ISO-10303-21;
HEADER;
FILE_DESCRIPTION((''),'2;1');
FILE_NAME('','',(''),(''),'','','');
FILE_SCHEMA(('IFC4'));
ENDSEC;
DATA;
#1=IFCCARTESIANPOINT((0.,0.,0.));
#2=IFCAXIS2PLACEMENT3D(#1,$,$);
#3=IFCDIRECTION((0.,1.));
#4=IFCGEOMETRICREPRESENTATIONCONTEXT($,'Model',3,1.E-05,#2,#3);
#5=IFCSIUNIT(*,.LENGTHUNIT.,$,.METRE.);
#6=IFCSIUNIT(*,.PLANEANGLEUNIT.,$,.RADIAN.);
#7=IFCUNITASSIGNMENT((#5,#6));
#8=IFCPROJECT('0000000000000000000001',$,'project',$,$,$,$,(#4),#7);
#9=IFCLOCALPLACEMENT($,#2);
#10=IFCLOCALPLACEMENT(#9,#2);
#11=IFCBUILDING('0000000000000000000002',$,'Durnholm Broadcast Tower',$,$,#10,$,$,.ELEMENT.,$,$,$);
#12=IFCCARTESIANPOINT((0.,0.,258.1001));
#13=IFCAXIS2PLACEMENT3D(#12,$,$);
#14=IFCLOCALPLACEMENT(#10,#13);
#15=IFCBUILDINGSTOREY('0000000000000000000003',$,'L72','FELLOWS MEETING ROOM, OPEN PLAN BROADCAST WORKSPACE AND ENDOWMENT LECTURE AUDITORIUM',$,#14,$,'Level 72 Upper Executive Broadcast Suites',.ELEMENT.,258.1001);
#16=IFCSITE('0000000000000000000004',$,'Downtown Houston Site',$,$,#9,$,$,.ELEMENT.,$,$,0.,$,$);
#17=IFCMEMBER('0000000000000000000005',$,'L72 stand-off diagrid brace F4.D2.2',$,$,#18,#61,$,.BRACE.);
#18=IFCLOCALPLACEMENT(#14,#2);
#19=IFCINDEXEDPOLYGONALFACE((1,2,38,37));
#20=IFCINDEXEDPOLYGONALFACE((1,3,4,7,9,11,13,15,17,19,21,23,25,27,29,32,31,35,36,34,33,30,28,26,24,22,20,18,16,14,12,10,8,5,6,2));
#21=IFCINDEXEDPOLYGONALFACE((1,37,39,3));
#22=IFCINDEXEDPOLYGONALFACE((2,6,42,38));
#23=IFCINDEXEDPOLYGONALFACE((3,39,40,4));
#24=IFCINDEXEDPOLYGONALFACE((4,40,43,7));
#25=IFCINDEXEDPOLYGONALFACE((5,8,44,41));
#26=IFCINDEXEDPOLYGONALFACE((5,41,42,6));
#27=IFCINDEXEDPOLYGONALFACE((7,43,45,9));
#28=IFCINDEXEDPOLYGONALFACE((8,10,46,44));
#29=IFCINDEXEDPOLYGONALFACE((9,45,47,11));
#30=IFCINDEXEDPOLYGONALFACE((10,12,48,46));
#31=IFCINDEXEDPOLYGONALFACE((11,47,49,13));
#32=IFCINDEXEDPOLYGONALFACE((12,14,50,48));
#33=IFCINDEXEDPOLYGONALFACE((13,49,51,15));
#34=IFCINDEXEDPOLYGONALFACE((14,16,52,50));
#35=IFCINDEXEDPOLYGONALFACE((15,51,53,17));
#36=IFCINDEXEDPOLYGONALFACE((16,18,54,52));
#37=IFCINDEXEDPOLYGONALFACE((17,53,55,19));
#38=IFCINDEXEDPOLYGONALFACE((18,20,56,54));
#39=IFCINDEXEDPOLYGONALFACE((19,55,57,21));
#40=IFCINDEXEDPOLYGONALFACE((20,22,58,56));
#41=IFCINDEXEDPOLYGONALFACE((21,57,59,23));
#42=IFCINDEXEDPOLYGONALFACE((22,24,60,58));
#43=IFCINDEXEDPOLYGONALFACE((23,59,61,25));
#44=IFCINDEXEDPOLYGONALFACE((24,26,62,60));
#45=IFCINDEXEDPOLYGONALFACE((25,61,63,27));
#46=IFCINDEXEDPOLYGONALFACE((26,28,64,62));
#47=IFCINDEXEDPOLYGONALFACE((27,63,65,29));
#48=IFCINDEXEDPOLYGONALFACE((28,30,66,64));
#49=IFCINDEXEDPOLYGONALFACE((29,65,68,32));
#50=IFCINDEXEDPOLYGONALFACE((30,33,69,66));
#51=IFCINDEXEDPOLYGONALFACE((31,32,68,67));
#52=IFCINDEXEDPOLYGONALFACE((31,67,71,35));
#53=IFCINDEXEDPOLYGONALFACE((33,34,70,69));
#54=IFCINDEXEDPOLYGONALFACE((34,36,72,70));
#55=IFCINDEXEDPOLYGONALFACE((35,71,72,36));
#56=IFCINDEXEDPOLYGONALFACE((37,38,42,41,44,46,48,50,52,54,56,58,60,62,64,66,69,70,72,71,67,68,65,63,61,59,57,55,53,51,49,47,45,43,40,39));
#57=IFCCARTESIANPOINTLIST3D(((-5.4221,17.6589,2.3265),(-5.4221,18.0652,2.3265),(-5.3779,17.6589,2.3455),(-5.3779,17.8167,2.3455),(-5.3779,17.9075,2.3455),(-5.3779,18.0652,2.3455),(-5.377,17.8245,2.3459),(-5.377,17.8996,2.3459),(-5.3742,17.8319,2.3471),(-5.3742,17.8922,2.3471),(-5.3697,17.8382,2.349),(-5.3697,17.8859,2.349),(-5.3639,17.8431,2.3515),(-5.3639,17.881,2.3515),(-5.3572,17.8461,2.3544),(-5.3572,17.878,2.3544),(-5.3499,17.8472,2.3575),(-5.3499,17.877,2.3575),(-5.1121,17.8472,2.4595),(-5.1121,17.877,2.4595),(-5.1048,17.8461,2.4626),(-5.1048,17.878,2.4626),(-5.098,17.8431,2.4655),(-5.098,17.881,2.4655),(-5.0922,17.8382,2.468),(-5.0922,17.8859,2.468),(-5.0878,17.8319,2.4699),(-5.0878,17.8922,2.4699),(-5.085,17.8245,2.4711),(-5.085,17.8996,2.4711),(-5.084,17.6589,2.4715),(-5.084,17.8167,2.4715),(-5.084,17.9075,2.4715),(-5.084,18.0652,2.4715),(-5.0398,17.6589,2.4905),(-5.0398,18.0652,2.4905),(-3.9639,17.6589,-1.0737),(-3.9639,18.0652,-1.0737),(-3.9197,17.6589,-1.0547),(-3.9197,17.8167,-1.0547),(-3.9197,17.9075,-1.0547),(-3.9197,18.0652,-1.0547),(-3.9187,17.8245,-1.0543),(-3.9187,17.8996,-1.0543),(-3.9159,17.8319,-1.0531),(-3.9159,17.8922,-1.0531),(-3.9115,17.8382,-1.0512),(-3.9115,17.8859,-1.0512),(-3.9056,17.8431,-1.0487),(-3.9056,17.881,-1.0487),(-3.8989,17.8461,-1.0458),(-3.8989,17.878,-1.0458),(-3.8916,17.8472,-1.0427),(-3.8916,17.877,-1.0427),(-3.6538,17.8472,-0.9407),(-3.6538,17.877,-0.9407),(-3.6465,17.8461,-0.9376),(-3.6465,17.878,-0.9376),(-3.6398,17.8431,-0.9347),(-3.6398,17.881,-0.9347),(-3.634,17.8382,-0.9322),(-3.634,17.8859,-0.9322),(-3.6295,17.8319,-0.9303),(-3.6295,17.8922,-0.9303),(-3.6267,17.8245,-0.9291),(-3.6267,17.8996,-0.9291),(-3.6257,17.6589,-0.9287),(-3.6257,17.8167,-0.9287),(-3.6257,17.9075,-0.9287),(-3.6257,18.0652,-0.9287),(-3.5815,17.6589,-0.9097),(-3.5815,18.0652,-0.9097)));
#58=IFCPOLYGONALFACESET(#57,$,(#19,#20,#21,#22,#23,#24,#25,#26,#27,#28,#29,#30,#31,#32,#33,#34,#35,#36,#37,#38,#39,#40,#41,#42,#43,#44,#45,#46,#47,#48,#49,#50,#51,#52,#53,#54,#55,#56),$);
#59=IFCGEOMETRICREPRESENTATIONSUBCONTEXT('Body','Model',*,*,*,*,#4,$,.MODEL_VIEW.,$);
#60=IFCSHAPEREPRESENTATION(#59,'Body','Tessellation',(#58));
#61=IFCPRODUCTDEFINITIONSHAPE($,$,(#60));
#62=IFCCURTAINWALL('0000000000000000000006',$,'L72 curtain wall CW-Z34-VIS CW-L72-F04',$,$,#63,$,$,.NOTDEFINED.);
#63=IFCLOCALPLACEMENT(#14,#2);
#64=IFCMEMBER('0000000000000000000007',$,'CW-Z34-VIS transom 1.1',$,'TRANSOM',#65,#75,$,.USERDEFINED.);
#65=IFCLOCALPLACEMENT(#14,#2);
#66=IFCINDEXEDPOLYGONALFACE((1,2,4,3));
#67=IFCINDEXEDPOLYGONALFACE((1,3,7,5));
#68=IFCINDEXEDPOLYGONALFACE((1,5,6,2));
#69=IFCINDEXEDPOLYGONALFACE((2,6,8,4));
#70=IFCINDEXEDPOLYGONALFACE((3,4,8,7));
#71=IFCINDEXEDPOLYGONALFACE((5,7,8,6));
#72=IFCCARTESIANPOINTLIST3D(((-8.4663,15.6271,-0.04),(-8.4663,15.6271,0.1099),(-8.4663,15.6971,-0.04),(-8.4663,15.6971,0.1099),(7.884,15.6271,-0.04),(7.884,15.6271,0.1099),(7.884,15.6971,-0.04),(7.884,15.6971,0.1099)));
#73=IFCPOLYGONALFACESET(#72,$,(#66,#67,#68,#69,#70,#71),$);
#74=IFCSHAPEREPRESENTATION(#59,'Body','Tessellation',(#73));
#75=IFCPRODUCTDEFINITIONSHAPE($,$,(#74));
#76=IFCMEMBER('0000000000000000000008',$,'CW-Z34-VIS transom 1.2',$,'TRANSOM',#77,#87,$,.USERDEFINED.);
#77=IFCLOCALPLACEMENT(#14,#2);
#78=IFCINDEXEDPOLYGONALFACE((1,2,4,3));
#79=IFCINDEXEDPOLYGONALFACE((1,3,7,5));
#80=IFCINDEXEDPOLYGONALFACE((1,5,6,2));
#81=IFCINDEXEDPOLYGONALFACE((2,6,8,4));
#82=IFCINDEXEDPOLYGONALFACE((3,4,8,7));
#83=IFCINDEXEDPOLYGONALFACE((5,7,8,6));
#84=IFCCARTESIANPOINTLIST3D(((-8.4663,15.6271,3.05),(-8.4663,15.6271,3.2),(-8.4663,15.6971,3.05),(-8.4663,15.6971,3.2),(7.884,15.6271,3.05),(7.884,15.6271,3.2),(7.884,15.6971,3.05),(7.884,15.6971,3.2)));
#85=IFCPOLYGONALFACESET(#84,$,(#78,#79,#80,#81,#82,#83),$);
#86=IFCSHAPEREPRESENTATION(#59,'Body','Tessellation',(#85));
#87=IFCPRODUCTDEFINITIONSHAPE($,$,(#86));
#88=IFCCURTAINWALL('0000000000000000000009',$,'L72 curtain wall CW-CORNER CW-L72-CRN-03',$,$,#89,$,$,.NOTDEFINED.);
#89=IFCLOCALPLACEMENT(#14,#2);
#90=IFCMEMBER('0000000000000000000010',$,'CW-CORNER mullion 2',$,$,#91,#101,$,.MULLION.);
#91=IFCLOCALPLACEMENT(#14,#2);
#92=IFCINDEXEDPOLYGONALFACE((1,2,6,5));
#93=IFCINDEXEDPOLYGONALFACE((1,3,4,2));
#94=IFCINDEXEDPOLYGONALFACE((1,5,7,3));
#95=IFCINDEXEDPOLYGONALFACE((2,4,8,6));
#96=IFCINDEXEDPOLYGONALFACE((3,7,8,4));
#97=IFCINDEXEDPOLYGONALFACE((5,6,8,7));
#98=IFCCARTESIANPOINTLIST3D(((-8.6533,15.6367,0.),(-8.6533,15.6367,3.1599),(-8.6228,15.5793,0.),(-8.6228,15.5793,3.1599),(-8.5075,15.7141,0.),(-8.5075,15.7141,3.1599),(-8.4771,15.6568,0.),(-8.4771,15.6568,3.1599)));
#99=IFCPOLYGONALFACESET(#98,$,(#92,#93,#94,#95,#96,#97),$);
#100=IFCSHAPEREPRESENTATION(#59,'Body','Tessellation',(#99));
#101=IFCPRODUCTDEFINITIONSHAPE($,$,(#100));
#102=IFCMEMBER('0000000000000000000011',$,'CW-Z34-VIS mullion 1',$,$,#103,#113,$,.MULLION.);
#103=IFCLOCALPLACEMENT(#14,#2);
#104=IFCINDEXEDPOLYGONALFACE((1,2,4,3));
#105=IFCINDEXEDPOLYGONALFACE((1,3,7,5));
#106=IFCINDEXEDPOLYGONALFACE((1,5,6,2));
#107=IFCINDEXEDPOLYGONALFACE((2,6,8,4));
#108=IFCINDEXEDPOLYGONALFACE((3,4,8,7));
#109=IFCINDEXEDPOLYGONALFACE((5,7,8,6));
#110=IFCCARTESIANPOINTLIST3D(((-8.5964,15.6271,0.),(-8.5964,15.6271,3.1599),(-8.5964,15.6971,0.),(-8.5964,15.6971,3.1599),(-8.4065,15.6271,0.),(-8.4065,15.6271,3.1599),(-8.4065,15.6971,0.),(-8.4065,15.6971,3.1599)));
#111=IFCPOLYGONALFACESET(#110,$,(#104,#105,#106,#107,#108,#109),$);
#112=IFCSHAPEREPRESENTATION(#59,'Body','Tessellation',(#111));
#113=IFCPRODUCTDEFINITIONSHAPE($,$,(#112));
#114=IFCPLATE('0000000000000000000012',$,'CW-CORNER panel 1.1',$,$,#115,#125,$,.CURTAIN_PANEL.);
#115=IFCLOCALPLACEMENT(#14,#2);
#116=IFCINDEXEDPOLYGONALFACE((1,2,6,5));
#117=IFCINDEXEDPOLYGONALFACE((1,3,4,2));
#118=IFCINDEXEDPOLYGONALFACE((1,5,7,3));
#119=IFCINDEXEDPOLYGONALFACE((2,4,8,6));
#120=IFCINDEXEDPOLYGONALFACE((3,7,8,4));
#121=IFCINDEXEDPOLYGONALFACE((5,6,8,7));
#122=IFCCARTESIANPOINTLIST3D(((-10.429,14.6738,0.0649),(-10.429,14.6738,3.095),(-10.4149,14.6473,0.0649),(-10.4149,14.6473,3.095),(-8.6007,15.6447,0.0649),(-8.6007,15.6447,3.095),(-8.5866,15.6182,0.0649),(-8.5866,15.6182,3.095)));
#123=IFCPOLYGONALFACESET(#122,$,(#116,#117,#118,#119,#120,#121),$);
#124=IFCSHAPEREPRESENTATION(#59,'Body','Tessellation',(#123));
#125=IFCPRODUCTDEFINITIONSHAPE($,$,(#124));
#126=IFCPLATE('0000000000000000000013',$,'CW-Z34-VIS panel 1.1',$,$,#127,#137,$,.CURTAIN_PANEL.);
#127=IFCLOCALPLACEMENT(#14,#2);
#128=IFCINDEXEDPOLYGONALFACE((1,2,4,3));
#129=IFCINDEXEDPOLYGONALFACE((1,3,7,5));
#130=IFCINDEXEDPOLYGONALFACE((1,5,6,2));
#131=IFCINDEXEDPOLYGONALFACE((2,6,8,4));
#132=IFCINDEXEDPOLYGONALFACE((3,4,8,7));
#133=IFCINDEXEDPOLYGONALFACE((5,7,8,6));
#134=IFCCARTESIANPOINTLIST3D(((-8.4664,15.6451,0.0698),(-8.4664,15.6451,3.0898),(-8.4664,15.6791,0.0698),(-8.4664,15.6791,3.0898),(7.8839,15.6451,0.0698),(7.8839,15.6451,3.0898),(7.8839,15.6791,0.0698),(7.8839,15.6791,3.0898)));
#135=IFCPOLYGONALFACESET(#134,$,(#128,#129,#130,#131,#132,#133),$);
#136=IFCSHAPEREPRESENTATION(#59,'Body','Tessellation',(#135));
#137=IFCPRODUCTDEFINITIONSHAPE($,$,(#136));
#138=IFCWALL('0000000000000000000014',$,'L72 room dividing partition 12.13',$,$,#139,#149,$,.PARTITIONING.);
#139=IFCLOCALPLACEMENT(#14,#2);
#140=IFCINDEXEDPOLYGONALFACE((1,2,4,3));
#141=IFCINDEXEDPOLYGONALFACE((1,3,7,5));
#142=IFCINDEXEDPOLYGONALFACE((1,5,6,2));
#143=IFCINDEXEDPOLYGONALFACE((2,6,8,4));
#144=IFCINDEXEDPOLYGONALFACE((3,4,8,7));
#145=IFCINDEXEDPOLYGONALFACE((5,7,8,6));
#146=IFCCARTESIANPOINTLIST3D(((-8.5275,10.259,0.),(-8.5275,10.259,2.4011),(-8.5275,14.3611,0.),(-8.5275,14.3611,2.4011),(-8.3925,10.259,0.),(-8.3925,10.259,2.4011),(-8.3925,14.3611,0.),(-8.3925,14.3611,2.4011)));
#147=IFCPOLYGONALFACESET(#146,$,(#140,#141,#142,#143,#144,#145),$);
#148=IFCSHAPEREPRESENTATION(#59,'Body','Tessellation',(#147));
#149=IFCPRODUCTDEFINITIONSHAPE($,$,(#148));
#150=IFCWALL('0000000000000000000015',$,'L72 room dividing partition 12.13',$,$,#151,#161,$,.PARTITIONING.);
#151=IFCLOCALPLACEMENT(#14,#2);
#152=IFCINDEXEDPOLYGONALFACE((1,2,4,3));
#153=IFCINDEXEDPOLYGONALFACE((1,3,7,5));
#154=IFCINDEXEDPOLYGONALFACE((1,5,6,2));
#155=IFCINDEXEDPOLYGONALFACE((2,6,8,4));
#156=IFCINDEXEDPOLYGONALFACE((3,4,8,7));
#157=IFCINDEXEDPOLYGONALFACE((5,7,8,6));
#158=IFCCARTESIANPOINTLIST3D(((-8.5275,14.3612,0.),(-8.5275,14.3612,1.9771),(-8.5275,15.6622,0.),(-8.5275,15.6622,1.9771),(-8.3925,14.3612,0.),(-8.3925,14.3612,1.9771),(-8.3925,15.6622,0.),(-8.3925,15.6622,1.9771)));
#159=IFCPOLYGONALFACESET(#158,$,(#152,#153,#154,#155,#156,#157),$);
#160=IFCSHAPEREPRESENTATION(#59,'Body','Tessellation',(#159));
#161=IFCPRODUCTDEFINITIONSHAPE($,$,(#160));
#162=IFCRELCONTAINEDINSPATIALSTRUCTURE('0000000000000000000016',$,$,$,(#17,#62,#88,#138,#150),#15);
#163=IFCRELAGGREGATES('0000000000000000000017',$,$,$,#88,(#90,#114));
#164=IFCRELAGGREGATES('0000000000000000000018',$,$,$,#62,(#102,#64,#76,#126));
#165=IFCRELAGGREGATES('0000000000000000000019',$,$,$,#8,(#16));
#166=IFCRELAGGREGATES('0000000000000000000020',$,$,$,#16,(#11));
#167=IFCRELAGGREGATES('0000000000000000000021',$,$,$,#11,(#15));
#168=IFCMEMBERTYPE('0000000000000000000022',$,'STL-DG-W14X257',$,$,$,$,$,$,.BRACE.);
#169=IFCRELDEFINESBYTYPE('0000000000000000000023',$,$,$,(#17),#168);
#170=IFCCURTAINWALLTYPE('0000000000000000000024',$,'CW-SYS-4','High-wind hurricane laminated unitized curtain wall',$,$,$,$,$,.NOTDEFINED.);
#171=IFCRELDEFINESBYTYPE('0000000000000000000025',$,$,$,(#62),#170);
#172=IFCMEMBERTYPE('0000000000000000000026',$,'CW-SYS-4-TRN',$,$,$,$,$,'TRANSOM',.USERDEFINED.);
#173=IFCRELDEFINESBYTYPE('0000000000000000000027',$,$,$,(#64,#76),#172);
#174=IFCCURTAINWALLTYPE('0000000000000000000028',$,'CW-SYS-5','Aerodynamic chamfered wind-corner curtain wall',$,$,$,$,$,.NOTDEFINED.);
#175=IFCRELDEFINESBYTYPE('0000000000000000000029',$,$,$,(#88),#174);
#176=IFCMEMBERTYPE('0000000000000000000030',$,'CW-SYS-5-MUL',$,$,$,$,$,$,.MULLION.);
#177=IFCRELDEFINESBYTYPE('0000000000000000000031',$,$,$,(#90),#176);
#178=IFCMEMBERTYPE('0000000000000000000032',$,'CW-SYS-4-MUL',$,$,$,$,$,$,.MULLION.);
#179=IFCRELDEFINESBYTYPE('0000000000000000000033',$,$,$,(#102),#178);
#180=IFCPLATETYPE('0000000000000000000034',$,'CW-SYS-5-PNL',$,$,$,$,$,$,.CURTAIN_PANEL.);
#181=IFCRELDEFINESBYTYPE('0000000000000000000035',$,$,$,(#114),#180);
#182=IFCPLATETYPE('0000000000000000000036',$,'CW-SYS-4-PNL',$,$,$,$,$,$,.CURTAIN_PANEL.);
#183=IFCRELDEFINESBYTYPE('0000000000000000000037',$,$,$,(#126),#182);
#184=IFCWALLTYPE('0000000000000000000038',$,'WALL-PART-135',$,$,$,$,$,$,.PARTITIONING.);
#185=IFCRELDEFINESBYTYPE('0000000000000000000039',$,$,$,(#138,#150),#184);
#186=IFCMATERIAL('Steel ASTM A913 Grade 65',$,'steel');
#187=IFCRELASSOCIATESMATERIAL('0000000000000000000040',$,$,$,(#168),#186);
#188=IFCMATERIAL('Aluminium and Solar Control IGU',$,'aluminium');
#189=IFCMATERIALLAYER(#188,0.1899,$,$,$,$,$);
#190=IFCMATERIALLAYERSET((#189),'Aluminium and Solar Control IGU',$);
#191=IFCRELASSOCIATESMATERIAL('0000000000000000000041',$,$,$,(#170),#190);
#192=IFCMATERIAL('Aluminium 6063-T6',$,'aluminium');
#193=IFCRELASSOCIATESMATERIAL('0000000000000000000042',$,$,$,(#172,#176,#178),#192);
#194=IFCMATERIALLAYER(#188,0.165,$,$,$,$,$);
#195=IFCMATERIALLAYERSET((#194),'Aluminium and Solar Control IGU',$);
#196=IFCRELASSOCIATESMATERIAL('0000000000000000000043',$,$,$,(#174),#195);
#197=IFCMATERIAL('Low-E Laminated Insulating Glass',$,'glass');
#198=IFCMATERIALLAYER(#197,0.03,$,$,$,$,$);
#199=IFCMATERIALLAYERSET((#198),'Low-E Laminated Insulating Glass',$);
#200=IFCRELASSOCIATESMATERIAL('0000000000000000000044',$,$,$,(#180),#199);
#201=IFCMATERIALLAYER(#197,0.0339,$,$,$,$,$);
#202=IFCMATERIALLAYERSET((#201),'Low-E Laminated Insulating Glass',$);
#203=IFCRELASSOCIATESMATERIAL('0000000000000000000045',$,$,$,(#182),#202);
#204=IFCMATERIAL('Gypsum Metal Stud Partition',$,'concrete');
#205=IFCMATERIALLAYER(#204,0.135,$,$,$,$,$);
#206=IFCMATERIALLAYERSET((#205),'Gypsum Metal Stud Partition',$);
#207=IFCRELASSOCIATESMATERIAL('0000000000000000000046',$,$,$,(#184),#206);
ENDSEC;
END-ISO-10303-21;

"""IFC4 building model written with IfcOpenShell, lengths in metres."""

from ifc_helpers import new_model, si_unit, direction, frame, frame_2d, origin, origin_2d, place, context, subcontext, project, spatial, rectangle, i_section, extrude, source, transform, mapped, material, layer, layer_set, material_profile, profile_set, type_object, type_shapes, element, aggregate, save


model = new_model("IFC4")

# Units and contexts
model_context = context("Model", 3, precision=1e-05, world=origin(), true_north=direction((0.0, 1.0)))
body_context = subcontext(model_context, "Body", "Model", "MODEL_VIEW")
ifc_project = project(units=[si_unit("LENGTHUNIT", "METRE"), si_unit("PLANEANGLEUNIT", "RADIAN")], contexts=[model_context])

# Site, building, storey
site_placement = place(None, origin())
site = spatial("IfcSite", under=ifc_project, at=site_placement, Name="Downtown Houston Site", CompositionType="ELEMENT", RefElevation=0.0)
building_placement = place(site_placement, origin())
building = spatial("IfcBuilding", under=site, at=building_placement, Name="Durnholm Broadcast Tower", CompositionType="ELEMENT")
storey_placement = place(building_placement, frame((0.0, 0.0, 258.1001)))
storey = spatial("IfcBuildingStorey", under=building, at=storey_placement, Name="L72", Description="FELLOWS MEETING ROOM, OPEN PLAN BROADCAST WORKSPACE AND ENDOWMENT LECTURE AUDITORIUM", LongName="Level 72 Upper Executive Broadcast Suites", CompositionType="ELEMENT", Elevation=258.1001)

# Member
ifc_material_1 = material(Name="Steel ASTM A913 Grade 65", Category="steel")
ifc_material_profile_1 = material_profile(ifc_material_1, i_section(OverallWidth=0.4062, OverallDepth=0.416, WebThickness=0.0298, FlangeThickness=0.0481, FilletRadius=0.0305, at=origin_2d()), Name="W14X257")
ifc_profile_set_1 = profile_set([ifc_material_profile_1], Name="Steel ASTM A913 Grade 65")
member_type_1 = type_object("IfcMemberType", Name="STL-DG-W14X257", PredefinedType="BRACE", material=ifc_profile_set_1)
shared_shape_1 = source(origin(), body_context, "Body", "SweptSolid", [
    extrude(i_section(OverallWidth=0.4062, OverallDepth=0.416, WebThickness=0.0298, FlangeThickness=0.0481, FilletRadius=0.0305, at=origin_2d()), origin(), (0.0, 0.0, 1.0), 3.6997),
])
member_1_placement = place(storey_placement, frame((-3.7727, 17.8621, -0.9917), z_axis=(-0.394158, 0.0, 0.919043), x_axis=(0.0, -1.0, 0.0)))
element("IfcMember", 1, at=member_1_placement, inside=storey, type_object=member_type_1, Name="L72 stand-off diagrid brace F4.D2.2", PredefinedType="BRACE", context=body_context, shape_type="MappedRepresentation", body=[
    mapped(shared_shape_1, transform((0.0, 0.0, 0.0), x_axis=(1.0, 0.0, 0.0), y_axis=(0.0, 1.0, 0.0), z_axis=(0.0, 0.0, 1.0), scale=1.0)),
])

# Curtain wall, members
ifc_material_2 = material(Name="Aluminium and Solar Control IGU", Category="aluminium")
ifc_layer_1 = layer(ifc_material_2, 0.1899)
ifc_layer_set_1 = layer_set([ifc_layer_1], Name="Aluminium and Solar Control IGU")
curtain_wall_type_1 = type_object("IfcCurtainWallType", Name="CW-SYS-4", Description="High-wind hurricane laminated unitized curtain wall", PredefinedType="NOTDEFINED", material=ifc_layer_set_1)
curtain_wall_1_placement = place(storey_placement, origin())
curtain_wall_1 = element("IfcCurtainWall", 2, at=curtain_wall_1_placement, inside=storey, type_object=curtain_wall_type_1, Name="L72 curtain wall CW-Z34-VIS CW-L72-F04", PredefinedType="NOTDEFINED")
ifc_material_3 = material(Name="Aluminium 6063-T6", Category="aluminium")
ifc_material_profile_2 = material_profile(ifc_material_3, rectangle(XDim=0.0701, YDim=0.1499, at=origin_2d()), Name="CWT70X150")
ifc_profile_set_2 = profile_set([ifc_material_profile_2], Name="Aluminium 6063-T6")
member_type_2 = type_object("IfcMemberType", Name="CW-SYS-4-TRN", ElementType="TRANSOM", PredefinedType="USERDEFINED", material=ifc_profile_set_2)
shared_shape_2 = source(origin(), body_context, "Body", "SweptSolid", [
    extrude(rectangle(XDim=0.0701, YDim=0.1499, at=origin_2d()), origin(), (0.0, 0.0, 1.0), 16.3503),
])
type_shapes(member_type_2, [shared_shape_2])
member_2_placement = place(storey_placement, frame((-8.4663, 15.6621, 0.0349), z_axis=(1.0, 0.0, 0.0), x_axis=(0.0, 1.0, 0.0)))
member_2 = element("IfcMember", 3, at=member_2_placement, type_object=member_type_2, Name="CW-Z34-VIS transom 1.1", ObjectType="TRANSOM", PredefinedType="USERDEFINED", context=body_context, shape_type="MappedRepresentation", body=[
    mapped(shared_shape_2, transform((0.0, 0.0, 0.0), x_axis=(1.0, 0.0, 0.0), y_axis=(0.0, 1.0, 0.0), z_axis=(0.0, 0.0, 1.0), scale=1.0)),
])
member_3_placement = place(storey_placement, frame((-8.4663, 15.6621, 3.125), z_axis=(1.0, 0.0, 0.0), x_axis=(0.0, 1.0, 0.0)))
member_3 = element("IfcMember", 4, at=member_3_placement, type_object=member_type_2, Name="CW-Z34-VIS transom 1.2", ObjectType="TRANSOM", PredefinedType="USERDEFINED", context=body_context, shape_type="MappedRepresentation", body=[
    mapped(shared_shape_2, transform((0.0, 0.0, 0.0), x_axis=(1.0, 0.0, 0.0), y_axis=(0.0, 1.0, 0.0), z_axis=(0.0, 0.0, 1.0), scale=1.0)),
])

# Curtain wall, member
ifc_layer_2 = layer(ifc_material_2, 0.165)
ifc_layer_set_2 = layer_set([ifc_layer_2], Name="Aluminium and Solar Control IGU")
curtain_wall_type_2 = type_object("IfcCurtainWallType", Name="CW-SYS-5", Description="Aerodynamic chamfered wind-corner curtain wall", PredefinedType="NOTDEFINED", material=ifc_layer_set_2)
curtain_wall_2_placement = place(storey_placement, origin())
curtain_wall_2 = element("IfcCurtainWall", 5, at=curtain_wall_2_placement, inside=storey, type_object=curtain_wall_type_2, Name="L72 curtain wall CW-CORNER CW-L72-CRN-03", PredefinedType="NOTDEFINED")
ifc_material_profile_3 = material_profile(ifc_material_3, rectangle(XDim=0.0649, YDim=0.165, at=origin_2d()), Name="CWM65X165")
ifc_profile_set_3 = profile_set([ifc_material_profile_3], Name="Aluminium 6063-T6")
member_type_3 = type_object("IfcMemberType", Name="CW-SYS-5-MUL", PredefinedType="MULLION", material=ifc_profile_set_3)
shared_shape_3 = source(origin(), body_context, "Body", "SweptSolid", [
    extrude(rectangle(XDim=0.0649, YDim=0.165, at=origin_2d()), origin(), (0.0, 0.0, 1.0), 3.1599),
])
type_shapes(member_type_3, [shared_shape_3])
member_4_placement = place(storey_placement, frame((-8.5652, 15.6467, 0.0), z_axis=(0.0, 0.0, 1.0), x_axis=(-0.469007, 0.883195, 0.0)))
member_4 = element("IfcMember", 6, at=member_4_placement, type_object=member_type_3, Name="CW-CORNER mullion 2", PredefinedType="MULLION", context=body_context, shape_type="MappedRepresentation", body=[
    mapped(shared_shape_3, transform((0.0, 0.0, 0.0), x_axis=(1.0, 0.0, 0.0), y_axis=(0.0, 1.0, 0.0), z_axis=(0.0, 0.0, 1.0), scale=1.0)),
])

# Member
ifc_material_profile_4 = material_profile(ifc_material_3, rectangle(XDim=0.0701, YDim=0.1899, at=origin_2d()), Name="CWM70X190")
ifc_profile_set_4 = profile_set([ifc_material_profile_4], Name="Aluminium 6063-T6")
member_type_4 = type_object("IfcMemberType", Name="CW-SYS-4-MUL", PredefinedType="MULLION", material=ifc_profile_set_4)
shared_shape_4 = source(origin(), body_context, "Body", "SweptSolid", [
    extrude(rectangle(XDim=0.0701, YDim=0.1899, at=origin_2d()), origin(), (0.0, 0.0, 1.0), 3.1599),
])
type_shapes(member_type_4, [shared_shape_4])
member_5_placement = place(storey_placement, frame((-8.5015, 15.6621, 0.0), z_axis=(0.0, 0.0, 1.0), x_axis=(0.0, 1.0, 0.0)))
member_5 = element("IfcMember", 7, at=member_5_placement, type_object=member_type_4, Name="CW-Z34-VIS mullion 1", PredefinedType="MULLION", context=body_context, shape_type="MappedRepresentation", body=[
    mapped(shared_shape_4, transform((0.0, 0.0, 0.0), x_axis=(1.0, 0.0, 0.0), y_axis=(0.0, 1.0, 0.0), z_axis=(0.0, 0.0, 1.0), scale=1.0)),
])

# Plates
ifc_material_4 = material(Name="Low-E Laminated Insulating Glass", Category="glass")
ifc_layer_3 = layer(ifc_material_4, 0.03)
ifc_layer_set_3 = layer_set([ifc_layer_3], Name="Low-E Laminated Insulating Glass")
plate_type_1 = type_object("IfcPlateType", Name="CW-SYS-5-PNL", PredefinedType="CURTAIN_PANEL", material=ifc_layer_set_3)
shared_shape_5 = source(origin(), body_context, "Body", "SweptSolid", [
    extrude(rectangle(XDim=2.0701, YDim=0.03, at=origin_2d()), origin(), (0.0, 0.0, 1.0), 3.03),
])
type_shapes(plate_type_1, [shared_shape_5])
plate_1_placement = place(storey_placement, frame((-9.5078, 15.146, 0.0649), z_axis=(0.0, 0.0, 1.0), x_axis=(0.883195, 0.469007, 0.0)))
plate_1 = element("IfcPlate", 8, at=plate_1_placement, type_object=plate_type_1, Name="CW-CORNER panel 1.1", PredefinedType="CURTAIN_PANEL", context=body_context, shape_type="MappedRepresentation", body=[
    mapped(shared_shape_5, transform((0.0, 0.0, 0.0), x_axis=(1.0, 0.0, 0.0), y_axis=(0.0, 1.0, 0.0), z_axis=(0.0, 0.0, 1.0), scale=1.0)),
])
aggregate(curtain_wall_2, [member_4, plate_1])
ifc_layer_4 = layer(ifc_material_4, 0.0339)
ifc_layer_set_4 = layer_set([ifc_layer_4], Name="Low-E Laminated Insulating Glass")
plate_type_2 = type_object("IfcPlateType", Name="CW-SYS-4-PNL", PredefinedType="CURTAIN_PANEL", material=ifc_layer_set_4)
shared_shape_6 = source(origin(), body_context, "Body", "SweptSolid", [
    extrude(rectangle(XDim=16.3503, YDim=0.0339, at=origin_2d()), origin(), (0.0, 0.0, 1.0), 3.02),
])
type_shapes(plate_type_2, [shared_shape_6])
plate_2_placement = place(storey_placement, frame((-0.2913, 15.6621, 0.0698), z_axis=(0.0, 0.0, 1.0), x_axis=(1.0, 0.0, 0.0)))
plate_2 = element("IfcPlate", 9, at=plate_2_placement, type_object=plate_type_2, Name="CW-Z34-VIS panel 1.1", PredefinedType="CURTAIN_PANEL", context=body_context, shape_type="MappedRepresentation", body=[
    mapped(shared_shape_6, transform((0.0, 0.0, 0.0), x_axis=(1.0, 0.0, 0.0), y_axis=(0.0, 1.0, 0.0), z_axis=(0.0, 0.0, 1.0), scale=1.0)),
])
aggregate(curtain_wall_1, [member_5, member_2, member_3, plate_2])

# Walls
ifc_material_5 = material(Name="Gypsum Metal Stud Partition", Category="concrete")
ifc_layer_5 = layer(ifc_material_5, 0.135)
ifc_layer_set_5 = layer_set([ifc_layer_5], Name="Gypsum Metal Stud Partition")
wall_type_1 = type_object("IfcWallType", Name="WALL-PART-135", PredefinedType="PARTITIONING", material=ifc_layer_set_5)
wall_1_placement = place(storey_placement, frame((-8.46, 14.3611, 0.0), z_axis=(0.0, 0.0, 1.0), x_axis=(0.0, -1.0, 0.0)))
element("IfcWall", 10, at=wall_1_placement, inside=storey, type_object=wall_type_1, Name="L72 room dividing partition 12.13", PredefinedType="PARTITIONING", context=body_context, shape_type="SweptSolid", body=[
    extrude(rectangle(XDim=4.1021, YDim=0.135, at=frame_2d((2.051, 0.0))), origin(), (0.0, 0.0, 1.0), 2.4011),
])
wall_2_placement = place(storey_placement, frame((-8.46, 15.6621, 0.0), z_axis=(0.0, 0.0, 1.0), x_axis=(0.0, -1.0, 0.0)))
element("IfcWall", 11, at=wall_2_placement, inside=storey, type_object=wall_type_1, Name="L72 room dividing partition 12.13", PredefinedType="PARTITIONING", context=body_context, shape_type="SweptSolid", body=[
    extrude(rectangle(XDim=1.301, YDim=0.135, at=frame_2d((0.6504, 0.0))), origin(), (0.0, 0.0, 1.0), 1.9771),
])

save(model, "model.ifc")
